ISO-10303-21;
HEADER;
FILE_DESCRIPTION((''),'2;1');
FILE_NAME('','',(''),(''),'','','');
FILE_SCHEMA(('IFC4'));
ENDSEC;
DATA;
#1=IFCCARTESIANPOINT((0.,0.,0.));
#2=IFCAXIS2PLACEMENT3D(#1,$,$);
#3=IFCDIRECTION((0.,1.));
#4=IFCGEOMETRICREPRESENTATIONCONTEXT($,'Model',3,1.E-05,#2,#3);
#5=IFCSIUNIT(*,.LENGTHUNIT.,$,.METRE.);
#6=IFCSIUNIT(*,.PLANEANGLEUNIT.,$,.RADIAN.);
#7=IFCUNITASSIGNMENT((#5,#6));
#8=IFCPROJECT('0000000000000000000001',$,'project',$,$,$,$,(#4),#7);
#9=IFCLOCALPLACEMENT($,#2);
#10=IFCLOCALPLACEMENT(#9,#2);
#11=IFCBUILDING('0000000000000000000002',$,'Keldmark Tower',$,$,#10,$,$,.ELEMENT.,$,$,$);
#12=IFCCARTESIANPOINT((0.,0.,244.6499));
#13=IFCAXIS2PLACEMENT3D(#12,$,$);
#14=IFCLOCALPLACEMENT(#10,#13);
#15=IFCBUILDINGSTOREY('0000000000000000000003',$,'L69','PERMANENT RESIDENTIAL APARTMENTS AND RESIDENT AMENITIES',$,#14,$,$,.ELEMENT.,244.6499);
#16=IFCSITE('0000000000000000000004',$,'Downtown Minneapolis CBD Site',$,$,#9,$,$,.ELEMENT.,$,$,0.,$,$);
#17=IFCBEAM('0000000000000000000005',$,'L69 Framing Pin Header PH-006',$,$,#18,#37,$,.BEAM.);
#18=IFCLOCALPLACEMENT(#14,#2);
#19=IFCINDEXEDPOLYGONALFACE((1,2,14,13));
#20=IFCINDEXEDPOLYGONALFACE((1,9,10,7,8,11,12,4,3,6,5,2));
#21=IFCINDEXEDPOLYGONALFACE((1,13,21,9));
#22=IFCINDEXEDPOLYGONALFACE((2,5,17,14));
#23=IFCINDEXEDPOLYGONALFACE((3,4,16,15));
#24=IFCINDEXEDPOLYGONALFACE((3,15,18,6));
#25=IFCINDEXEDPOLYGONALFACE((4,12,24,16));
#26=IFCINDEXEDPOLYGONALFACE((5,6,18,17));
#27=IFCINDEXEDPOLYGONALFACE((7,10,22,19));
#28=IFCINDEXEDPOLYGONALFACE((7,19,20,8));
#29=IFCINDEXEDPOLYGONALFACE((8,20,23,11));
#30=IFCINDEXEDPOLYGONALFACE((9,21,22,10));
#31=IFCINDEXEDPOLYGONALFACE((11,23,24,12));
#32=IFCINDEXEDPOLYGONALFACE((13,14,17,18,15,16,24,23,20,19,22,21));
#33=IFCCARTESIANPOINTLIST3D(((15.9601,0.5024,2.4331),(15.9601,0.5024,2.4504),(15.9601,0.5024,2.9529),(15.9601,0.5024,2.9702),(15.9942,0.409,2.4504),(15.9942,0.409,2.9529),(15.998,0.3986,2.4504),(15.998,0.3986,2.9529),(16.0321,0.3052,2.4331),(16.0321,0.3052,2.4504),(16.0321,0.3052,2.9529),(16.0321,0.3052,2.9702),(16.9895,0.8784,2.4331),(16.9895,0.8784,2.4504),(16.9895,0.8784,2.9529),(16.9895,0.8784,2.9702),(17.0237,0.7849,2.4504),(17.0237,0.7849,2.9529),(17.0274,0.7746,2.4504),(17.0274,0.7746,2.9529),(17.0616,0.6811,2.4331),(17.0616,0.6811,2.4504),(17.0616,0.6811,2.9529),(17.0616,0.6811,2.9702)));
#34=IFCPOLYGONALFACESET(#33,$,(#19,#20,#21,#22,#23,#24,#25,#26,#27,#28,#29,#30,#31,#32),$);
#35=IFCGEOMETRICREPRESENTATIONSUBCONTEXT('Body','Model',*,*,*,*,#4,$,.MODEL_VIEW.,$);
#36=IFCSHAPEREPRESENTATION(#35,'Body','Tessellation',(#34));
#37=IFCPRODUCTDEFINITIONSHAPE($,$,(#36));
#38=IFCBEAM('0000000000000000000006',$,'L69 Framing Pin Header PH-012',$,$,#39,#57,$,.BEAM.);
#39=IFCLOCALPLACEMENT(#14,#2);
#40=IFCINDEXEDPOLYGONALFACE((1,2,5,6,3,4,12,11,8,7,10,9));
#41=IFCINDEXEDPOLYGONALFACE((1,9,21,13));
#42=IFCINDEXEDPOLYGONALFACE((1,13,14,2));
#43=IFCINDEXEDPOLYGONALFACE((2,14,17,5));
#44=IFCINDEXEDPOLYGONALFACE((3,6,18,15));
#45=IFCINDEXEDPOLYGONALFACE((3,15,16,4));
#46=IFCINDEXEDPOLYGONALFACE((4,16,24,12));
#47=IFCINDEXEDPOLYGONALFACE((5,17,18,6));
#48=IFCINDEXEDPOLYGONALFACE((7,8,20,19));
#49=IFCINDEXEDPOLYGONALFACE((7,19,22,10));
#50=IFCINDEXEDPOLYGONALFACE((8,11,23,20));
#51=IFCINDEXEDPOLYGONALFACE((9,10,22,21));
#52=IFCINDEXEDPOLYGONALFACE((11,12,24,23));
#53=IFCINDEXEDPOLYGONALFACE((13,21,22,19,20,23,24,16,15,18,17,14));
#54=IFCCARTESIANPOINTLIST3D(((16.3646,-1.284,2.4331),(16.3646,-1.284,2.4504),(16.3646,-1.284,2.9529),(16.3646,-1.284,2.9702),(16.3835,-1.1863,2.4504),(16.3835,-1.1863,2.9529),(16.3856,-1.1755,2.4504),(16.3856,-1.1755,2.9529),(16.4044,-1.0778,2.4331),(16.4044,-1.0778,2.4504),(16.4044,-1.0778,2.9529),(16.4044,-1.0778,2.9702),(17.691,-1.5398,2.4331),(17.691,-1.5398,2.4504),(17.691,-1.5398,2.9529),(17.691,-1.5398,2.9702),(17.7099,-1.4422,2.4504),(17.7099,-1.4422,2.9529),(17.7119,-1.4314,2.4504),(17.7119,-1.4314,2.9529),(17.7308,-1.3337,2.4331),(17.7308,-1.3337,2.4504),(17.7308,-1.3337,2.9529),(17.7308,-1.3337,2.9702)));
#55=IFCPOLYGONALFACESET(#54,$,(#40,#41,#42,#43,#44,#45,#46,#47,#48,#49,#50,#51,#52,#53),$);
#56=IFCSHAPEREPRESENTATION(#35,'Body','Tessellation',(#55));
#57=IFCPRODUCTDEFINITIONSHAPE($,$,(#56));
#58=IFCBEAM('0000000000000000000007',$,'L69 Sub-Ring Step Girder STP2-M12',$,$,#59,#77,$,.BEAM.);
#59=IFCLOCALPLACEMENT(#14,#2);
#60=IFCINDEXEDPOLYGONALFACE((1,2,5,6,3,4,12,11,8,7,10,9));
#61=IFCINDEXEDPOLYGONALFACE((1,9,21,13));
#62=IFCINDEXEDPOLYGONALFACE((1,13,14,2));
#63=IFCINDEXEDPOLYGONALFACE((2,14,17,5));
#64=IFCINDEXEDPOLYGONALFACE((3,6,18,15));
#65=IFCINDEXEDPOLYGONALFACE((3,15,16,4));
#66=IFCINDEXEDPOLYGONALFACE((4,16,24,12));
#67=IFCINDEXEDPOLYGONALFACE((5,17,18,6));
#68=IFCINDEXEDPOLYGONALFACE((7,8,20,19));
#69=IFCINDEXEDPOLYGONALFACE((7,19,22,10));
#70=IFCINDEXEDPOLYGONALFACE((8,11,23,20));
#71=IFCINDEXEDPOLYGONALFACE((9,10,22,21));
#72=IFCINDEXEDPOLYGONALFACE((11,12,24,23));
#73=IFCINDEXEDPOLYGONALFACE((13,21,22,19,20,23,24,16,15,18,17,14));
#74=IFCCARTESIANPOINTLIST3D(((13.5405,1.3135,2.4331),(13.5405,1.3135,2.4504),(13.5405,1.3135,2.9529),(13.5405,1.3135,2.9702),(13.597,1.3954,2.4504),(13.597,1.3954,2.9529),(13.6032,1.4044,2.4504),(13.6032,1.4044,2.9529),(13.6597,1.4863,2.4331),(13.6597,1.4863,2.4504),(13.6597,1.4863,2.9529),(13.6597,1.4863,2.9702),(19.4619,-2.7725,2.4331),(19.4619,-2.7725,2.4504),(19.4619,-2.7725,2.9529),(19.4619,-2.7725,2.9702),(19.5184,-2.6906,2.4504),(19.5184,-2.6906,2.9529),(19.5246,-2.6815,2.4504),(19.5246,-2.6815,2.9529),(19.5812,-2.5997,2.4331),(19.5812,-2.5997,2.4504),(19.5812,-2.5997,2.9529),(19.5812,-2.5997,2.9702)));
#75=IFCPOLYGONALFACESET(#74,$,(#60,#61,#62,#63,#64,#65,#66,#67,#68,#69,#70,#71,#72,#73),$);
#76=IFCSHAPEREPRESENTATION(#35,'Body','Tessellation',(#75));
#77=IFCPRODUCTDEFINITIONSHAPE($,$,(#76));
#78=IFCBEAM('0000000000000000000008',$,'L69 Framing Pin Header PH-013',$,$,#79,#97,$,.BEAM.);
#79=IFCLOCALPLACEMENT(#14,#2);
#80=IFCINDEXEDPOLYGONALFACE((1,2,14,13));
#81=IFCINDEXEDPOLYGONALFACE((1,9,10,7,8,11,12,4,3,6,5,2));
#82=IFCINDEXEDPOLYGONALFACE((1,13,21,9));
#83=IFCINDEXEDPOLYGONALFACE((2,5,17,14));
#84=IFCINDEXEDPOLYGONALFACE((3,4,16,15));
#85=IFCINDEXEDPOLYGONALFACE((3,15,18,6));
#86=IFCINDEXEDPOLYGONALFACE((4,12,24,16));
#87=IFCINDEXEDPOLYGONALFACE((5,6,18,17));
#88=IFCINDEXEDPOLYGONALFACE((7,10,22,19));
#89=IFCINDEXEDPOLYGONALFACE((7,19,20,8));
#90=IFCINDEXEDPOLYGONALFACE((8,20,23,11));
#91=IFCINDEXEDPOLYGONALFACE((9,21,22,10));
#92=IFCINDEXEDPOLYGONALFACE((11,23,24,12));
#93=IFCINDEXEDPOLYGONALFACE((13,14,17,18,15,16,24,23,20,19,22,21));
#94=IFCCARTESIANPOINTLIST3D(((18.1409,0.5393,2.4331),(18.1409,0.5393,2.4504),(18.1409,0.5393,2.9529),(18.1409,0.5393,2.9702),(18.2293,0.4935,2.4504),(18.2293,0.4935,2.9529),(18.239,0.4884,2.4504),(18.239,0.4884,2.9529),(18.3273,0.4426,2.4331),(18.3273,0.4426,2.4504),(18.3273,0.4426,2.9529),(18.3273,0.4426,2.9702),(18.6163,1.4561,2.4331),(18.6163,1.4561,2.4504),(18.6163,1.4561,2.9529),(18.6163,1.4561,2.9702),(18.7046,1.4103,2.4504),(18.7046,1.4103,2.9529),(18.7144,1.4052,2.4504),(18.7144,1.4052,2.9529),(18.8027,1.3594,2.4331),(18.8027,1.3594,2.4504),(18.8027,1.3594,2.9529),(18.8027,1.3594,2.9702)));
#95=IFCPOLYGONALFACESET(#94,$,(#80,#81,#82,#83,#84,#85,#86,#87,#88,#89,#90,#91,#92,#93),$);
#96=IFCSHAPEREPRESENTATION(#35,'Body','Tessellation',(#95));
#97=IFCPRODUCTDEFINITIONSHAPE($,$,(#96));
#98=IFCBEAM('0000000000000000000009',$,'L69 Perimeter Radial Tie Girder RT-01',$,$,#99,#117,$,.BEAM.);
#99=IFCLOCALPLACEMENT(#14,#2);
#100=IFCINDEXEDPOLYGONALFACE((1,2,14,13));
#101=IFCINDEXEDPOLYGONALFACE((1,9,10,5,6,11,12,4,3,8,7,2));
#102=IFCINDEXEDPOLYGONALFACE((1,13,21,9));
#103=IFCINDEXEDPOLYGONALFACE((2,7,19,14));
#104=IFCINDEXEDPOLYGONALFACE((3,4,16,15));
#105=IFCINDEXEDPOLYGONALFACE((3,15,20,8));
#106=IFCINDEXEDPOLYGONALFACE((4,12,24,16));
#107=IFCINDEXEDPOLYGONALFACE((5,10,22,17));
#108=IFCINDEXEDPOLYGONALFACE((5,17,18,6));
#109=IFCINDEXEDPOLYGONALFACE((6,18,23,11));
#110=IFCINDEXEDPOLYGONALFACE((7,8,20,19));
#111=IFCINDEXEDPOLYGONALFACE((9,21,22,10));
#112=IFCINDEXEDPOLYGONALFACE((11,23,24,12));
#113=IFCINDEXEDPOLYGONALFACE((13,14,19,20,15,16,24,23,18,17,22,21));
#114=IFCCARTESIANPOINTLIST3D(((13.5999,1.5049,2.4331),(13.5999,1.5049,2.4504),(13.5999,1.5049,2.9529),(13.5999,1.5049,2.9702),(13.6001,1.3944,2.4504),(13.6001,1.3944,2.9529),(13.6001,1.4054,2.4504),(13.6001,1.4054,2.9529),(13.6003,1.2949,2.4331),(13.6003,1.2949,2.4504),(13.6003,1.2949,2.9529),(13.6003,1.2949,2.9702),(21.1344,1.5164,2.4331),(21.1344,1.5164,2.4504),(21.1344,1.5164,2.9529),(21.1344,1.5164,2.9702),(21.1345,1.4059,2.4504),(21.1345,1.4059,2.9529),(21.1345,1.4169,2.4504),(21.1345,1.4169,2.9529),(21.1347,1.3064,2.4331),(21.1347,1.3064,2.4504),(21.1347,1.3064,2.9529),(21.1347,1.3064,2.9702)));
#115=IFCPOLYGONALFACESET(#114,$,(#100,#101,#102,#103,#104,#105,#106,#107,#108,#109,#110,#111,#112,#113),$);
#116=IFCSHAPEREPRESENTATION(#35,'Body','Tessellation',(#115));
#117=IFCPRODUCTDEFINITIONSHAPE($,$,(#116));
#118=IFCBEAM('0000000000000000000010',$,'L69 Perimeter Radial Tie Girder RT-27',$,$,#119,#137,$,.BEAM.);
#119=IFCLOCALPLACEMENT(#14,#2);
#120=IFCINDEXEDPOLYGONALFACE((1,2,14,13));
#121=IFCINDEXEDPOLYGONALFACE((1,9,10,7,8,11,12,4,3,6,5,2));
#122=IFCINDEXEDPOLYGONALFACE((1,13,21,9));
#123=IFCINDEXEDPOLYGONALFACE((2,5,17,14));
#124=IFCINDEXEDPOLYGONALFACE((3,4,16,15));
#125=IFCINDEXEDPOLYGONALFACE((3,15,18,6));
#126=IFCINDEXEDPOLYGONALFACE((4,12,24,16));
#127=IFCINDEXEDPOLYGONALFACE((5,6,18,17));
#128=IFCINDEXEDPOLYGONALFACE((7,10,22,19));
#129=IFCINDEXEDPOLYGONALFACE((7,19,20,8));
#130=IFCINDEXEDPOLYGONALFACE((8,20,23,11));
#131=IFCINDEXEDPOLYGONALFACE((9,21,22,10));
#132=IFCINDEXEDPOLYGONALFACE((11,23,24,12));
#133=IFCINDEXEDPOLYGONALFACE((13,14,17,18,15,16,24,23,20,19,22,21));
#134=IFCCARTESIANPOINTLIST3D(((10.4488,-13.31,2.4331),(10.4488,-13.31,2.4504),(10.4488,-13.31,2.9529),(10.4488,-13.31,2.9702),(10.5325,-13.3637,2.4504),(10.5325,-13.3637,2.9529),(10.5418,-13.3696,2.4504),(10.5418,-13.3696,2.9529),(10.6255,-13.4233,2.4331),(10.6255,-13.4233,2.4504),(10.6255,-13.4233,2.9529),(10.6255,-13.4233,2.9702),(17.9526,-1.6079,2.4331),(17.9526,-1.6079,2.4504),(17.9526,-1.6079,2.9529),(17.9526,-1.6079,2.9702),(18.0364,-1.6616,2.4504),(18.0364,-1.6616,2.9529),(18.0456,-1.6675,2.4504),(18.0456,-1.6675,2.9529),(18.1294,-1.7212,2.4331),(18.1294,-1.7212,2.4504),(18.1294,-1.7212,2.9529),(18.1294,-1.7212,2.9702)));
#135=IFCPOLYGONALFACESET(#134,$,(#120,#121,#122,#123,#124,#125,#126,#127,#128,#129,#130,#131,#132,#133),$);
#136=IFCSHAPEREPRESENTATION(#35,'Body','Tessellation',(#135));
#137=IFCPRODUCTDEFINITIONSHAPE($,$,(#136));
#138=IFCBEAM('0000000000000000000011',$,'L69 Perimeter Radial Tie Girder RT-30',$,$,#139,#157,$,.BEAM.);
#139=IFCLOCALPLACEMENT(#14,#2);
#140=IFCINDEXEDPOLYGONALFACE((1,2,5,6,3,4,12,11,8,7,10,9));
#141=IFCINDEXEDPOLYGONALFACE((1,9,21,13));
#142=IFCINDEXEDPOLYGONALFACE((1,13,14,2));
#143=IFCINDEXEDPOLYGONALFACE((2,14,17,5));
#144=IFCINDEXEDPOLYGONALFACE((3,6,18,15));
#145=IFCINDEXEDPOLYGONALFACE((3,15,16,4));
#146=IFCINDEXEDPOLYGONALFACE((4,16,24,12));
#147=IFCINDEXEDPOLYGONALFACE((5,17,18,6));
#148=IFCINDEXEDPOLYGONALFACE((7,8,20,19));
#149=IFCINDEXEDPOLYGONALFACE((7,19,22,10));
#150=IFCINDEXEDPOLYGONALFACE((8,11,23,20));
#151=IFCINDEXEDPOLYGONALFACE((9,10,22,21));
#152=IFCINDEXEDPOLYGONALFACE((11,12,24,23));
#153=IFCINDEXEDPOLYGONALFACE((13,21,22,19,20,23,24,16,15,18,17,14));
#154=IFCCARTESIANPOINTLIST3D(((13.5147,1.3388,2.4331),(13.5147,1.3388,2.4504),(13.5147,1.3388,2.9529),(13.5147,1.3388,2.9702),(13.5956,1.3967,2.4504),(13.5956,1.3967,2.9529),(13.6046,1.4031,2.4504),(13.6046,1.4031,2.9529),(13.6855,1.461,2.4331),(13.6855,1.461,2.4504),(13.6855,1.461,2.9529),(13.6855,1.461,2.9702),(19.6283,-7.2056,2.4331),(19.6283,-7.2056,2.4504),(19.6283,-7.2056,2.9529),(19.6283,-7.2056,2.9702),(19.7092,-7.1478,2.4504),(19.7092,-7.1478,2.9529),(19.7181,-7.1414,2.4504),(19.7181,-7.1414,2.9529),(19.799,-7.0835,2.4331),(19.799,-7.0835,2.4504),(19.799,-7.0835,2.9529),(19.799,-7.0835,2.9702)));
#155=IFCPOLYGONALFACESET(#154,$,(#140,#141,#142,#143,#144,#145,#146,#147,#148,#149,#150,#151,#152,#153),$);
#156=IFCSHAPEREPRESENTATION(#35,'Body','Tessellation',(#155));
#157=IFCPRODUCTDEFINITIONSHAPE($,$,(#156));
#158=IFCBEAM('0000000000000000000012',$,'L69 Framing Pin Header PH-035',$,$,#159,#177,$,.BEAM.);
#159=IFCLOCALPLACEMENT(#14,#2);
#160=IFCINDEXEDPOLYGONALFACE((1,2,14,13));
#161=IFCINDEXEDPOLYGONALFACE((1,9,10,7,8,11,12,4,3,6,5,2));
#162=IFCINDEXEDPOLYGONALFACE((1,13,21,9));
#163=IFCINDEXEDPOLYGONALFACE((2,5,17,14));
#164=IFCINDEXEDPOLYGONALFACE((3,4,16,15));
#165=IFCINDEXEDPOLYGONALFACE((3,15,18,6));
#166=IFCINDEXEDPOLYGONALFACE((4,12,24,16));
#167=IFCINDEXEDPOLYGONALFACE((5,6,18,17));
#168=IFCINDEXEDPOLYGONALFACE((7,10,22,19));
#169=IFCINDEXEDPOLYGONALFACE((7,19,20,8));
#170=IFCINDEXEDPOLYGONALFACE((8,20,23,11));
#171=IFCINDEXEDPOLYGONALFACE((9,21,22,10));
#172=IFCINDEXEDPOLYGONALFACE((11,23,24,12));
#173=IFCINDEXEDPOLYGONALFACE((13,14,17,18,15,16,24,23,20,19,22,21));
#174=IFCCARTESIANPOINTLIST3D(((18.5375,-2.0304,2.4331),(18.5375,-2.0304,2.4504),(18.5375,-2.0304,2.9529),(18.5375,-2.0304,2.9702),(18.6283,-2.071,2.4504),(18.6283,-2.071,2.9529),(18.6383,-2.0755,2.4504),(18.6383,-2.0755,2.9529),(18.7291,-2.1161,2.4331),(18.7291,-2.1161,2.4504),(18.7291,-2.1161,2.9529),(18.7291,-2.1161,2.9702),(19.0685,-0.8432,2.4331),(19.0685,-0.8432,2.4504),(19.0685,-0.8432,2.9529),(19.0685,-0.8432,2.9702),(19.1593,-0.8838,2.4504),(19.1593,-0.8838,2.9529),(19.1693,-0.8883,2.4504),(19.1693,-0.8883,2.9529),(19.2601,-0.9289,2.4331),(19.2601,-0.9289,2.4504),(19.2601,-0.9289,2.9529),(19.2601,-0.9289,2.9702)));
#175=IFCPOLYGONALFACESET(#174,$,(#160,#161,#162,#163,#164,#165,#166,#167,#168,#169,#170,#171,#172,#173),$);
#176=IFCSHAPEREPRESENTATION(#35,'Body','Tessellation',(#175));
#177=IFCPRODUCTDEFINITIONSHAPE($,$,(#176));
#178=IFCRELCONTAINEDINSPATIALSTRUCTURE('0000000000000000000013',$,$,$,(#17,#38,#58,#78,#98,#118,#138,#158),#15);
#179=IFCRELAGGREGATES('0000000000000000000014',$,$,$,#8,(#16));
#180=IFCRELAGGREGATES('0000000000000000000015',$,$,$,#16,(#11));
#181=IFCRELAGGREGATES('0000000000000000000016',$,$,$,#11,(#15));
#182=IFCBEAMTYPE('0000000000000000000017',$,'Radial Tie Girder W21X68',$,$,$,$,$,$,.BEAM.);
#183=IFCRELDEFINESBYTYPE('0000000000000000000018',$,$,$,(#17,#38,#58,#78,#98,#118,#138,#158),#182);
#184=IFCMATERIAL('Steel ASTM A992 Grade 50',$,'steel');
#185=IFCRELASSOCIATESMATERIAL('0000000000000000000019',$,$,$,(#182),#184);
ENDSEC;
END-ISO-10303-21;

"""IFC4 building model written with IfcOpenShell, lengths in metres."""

from ifc_helpers import new_model, si_unit, direction, frame, origin, origin_2d, place, context, subcontext, project, spatial, i_section, extrude, material, material_profile, profile_set, type_object, element, save


model = new_model("IFC4")

# Units and contexts
model_context = context("Model", 3, precision=1e-05, world=origin(), true_north=direction((0.0, 1.0)))
body_context = subcontext(model_context, "Body", "Model", "MODEL_VIEW")
ifc_project = project(units=[si_unit("LENGTHUNIT", "METRE"), si_unit("PLANEANGLEUNIT", "RADIAN")], contexts=[model_context])

# Site, building, storey
site_placement = place(None, origin())
site = spatial("IfcSite", under=ifc_project, at=site_placement, Name="Downtown Minneapolis CBD Site", CompositionType="ELEMENT", RefElevation=0.0)
building_placement = place(site_placement, origin())
building = spatial("IfcBuilding", under=site, at=building_placement, Name="Keldmark Tower", CompositionType="ELEMENT")
storey_placement = place(building_placement, frame((0.0, 0.0, 244.6499)))
storey = spatial("IfcBuildingStorey", under=building, at=storey_placement, Name="L69", Description="PERMANENT RESIDENTIAL APARTMENTS AND RESIDENT AMENITIES", CompositionType="ELEMENT", Elevation=244.6499)

# Beams
ifc_material_1 = material(Name="Steel ASTM A992 Grade 50", Category="steel")
ifc_material_profile_1 = material_profile(ifc_material_1, i_section(OverallWidth=0.21, OverallDepth=0.5371, WebThickness=0.011, FlangeThickness=0.0173, at=origin_2d()), Name="W21X68")
ifc_profile_set_1 = profile_set([ifc_material_profile_1], Name="Steel ASTM A992 Grade 50")
beam_type_1 = type_object("IfcBeamType", Name="Radial Tie Girder W21X68", PredefinedType="BEAM", material=ifc_profile_set_1)
beam_1_placement = place(storey_placement, frame((15.9961, 0.4038, 2.7017), z_axis=(0.939324, 0.34303, 0.0), x_axis=(-0.34303, 0.939324, 0.0)))
element("IfcBeam", 1, at=beam_1_placement, inside=storey, type_object=beam_type_1, Name="L69 Framing Pin Header PH-006", PredefinedType="BEAM", context=body_context, shape_type="SweptSolid", body=[
    extrude(i_section(OverallWidth=0.21, OverallDepth=0.5371, WebThickness=0.011, FlangeThickness=0.0173, at=origin_2d()), origin(), (0.0, 0.0, 1.0), 1.0959),
])
beam_2_placement = place(storey_placement, frame((16.3845, -1.1809, 2.7017), z_axis=(0.981899, -0.189404, 0.0), x_axis=(0.189404, 0.981899, 0.0)))
element("IfcBeam", 2, at=beam_2_placement, inside=storey, type_object=beam_type_1, Name="L69 Framing Pin Header PH-012", PredefinedType="BEAM", context=body_context, shape_type="SweptSolid", body=[
    extrude(i_section(OverallWidth=0.21, OverallDepth=0.5371, WebThickness=0.011, FlangeThickness=0.0173, at=origin_2d()), origin(), (0.0, 0.0, 1.0), 1.3508),
])
beam_3_placement = place(storey_placement, frame((13.6001, 1.3999, 2.7017), z_axis=(0.823068, -0.567942, 0.0), x_axis=(0.567942, 0.823068, 0.0)))
element("IfcBeam", 3, at=beam_3_placement, inside=storey, type_object=beam_type_1, Name="L69 Sub-Ring Step Girder STP2-M12", PredefinedType="BEAM", context=body_context, shape_type="SweptSolid", body=[
    extrude(i_section(OverallWidth=0.21, OverallDepth=0.5371, WebThickness=0.011, FlangeThickness=0.0173, at=origin_2d()), origin(), (0.0, 0.0, 1.0), 7.1943),
])
beam_4_placement = place(storey_placement, frame((18.2341, 0.491, 2.7017), z_axis=(0.46031, 0.887758, 0.0), x_axis=(-0.887758, 0.46031, 0.0)))
element("IfcBeam", 4, at=beam_4_placement, inside=storey, type_object=beam_type_1, Name="L69 Framing Pin Header PH-013", PredefinedType="BEAM", context=body_context, shape_type="SweptSolid", body=[
    extrude(i_section(OverallWidth=0.21, OverallDepth=0.5371, WebThickness=0.011, FlangeThickness=0.0173, at=origin_2d()), origin(), (0.0, 0.0, 1.0), 1.0327),
])
beam_5_placement = place(storey_placement, frame((13.6001, 1.3999, 2.7017), z_axis=(0.999999, 0.001523, 0.0), x_axis=(-0.001523, 0.999999, 0.0)))
element("IfcBeam", 5, at=beam_5_placement, inside=storey, type_object=beam_type_1, Name="L69 Perimeter Radial Tie Girder RT-01", PredefinedType="BEAM", context=body_context, shape_type="SweptSolid", body=[
    extrude(i_section(OverallWidth=0.21, OverallDepth=0.5371, WebThickness=0.011, FlangeThickness=0.0173, at=origin_2d()), origin(), (0.0, 0.0, 1.0), 7.5344),
])
beam_6_placement = place(storey_placement, frame((18.041, -1.6646, 2.7017), z_axis=(-0.539795, -0.841796, 0.0), x_axis=(0.841796, -0.539795, 0.0)))
element("IfcBeam", 6, at=beam_6_placement, inside=storey, type_object=beam_type_1, Name="L69 Perimeter Radial Tie Girder RT-27", PredefinedType="BEAM", context=body_context, shape_type="SweptSolid", body=[
    extrude(i_section(OverallWidth=0.21, OverallDepth=0.5371, WebThickness=0.011, FlangeThickness=0.0173, at=origin_2d()), origin(), (0.0, 0.0, 1.0), 13.9014),
])
beam_7_placement = place(storey_placement, frame((13.6001, 1.3999, 2.7017), z_axis=(0.581891, -0.813267, 0.0), x_axis=(0.813267, 0.581891, 0.0)))
element("IfcBeam", 7, at=beam_7_placement, inside=storey, type_object=beam_type_1, Name="L69 Perimeter Radial Tie Girder RT-30", PredefinedType="BEAM", context=body_context, shape_type="SweptSolid", body=[
    extrude(i_section(OverallWidth=0.21, OverallDepth=0.5371, WebThickness=0.011, FlangeThickness=0.0173, at=origin_2d()), origin(), (0.0, 0.0, 1.0), 10.5063),
])
beam_8_placement = place(storey_placement, frame((18.6333, -2.0732, 2.7017), z_axis=(0.40828, 0.912857, 0.0), x_axis=(-0.912857, 0.40828, 0.0)))
element("IfcBeam", 8, at=beam_8_placement, inside=storey, type_object=beam_type_1, Name="L69 Framing Pin Header PH-035", PredefinedType="BEAM", context=body_context, shape_type="SweptSolid", body=[
    extrude(i_section(OverallWidth=0.21, OverallDepth=0.5371, WebThickness=0.011, FlangeThickness=0.0173, at=origin_2d()), origin(), (0.0, 0.0, 1.0), 1.3005),
])

save(model, "model.ifc")
